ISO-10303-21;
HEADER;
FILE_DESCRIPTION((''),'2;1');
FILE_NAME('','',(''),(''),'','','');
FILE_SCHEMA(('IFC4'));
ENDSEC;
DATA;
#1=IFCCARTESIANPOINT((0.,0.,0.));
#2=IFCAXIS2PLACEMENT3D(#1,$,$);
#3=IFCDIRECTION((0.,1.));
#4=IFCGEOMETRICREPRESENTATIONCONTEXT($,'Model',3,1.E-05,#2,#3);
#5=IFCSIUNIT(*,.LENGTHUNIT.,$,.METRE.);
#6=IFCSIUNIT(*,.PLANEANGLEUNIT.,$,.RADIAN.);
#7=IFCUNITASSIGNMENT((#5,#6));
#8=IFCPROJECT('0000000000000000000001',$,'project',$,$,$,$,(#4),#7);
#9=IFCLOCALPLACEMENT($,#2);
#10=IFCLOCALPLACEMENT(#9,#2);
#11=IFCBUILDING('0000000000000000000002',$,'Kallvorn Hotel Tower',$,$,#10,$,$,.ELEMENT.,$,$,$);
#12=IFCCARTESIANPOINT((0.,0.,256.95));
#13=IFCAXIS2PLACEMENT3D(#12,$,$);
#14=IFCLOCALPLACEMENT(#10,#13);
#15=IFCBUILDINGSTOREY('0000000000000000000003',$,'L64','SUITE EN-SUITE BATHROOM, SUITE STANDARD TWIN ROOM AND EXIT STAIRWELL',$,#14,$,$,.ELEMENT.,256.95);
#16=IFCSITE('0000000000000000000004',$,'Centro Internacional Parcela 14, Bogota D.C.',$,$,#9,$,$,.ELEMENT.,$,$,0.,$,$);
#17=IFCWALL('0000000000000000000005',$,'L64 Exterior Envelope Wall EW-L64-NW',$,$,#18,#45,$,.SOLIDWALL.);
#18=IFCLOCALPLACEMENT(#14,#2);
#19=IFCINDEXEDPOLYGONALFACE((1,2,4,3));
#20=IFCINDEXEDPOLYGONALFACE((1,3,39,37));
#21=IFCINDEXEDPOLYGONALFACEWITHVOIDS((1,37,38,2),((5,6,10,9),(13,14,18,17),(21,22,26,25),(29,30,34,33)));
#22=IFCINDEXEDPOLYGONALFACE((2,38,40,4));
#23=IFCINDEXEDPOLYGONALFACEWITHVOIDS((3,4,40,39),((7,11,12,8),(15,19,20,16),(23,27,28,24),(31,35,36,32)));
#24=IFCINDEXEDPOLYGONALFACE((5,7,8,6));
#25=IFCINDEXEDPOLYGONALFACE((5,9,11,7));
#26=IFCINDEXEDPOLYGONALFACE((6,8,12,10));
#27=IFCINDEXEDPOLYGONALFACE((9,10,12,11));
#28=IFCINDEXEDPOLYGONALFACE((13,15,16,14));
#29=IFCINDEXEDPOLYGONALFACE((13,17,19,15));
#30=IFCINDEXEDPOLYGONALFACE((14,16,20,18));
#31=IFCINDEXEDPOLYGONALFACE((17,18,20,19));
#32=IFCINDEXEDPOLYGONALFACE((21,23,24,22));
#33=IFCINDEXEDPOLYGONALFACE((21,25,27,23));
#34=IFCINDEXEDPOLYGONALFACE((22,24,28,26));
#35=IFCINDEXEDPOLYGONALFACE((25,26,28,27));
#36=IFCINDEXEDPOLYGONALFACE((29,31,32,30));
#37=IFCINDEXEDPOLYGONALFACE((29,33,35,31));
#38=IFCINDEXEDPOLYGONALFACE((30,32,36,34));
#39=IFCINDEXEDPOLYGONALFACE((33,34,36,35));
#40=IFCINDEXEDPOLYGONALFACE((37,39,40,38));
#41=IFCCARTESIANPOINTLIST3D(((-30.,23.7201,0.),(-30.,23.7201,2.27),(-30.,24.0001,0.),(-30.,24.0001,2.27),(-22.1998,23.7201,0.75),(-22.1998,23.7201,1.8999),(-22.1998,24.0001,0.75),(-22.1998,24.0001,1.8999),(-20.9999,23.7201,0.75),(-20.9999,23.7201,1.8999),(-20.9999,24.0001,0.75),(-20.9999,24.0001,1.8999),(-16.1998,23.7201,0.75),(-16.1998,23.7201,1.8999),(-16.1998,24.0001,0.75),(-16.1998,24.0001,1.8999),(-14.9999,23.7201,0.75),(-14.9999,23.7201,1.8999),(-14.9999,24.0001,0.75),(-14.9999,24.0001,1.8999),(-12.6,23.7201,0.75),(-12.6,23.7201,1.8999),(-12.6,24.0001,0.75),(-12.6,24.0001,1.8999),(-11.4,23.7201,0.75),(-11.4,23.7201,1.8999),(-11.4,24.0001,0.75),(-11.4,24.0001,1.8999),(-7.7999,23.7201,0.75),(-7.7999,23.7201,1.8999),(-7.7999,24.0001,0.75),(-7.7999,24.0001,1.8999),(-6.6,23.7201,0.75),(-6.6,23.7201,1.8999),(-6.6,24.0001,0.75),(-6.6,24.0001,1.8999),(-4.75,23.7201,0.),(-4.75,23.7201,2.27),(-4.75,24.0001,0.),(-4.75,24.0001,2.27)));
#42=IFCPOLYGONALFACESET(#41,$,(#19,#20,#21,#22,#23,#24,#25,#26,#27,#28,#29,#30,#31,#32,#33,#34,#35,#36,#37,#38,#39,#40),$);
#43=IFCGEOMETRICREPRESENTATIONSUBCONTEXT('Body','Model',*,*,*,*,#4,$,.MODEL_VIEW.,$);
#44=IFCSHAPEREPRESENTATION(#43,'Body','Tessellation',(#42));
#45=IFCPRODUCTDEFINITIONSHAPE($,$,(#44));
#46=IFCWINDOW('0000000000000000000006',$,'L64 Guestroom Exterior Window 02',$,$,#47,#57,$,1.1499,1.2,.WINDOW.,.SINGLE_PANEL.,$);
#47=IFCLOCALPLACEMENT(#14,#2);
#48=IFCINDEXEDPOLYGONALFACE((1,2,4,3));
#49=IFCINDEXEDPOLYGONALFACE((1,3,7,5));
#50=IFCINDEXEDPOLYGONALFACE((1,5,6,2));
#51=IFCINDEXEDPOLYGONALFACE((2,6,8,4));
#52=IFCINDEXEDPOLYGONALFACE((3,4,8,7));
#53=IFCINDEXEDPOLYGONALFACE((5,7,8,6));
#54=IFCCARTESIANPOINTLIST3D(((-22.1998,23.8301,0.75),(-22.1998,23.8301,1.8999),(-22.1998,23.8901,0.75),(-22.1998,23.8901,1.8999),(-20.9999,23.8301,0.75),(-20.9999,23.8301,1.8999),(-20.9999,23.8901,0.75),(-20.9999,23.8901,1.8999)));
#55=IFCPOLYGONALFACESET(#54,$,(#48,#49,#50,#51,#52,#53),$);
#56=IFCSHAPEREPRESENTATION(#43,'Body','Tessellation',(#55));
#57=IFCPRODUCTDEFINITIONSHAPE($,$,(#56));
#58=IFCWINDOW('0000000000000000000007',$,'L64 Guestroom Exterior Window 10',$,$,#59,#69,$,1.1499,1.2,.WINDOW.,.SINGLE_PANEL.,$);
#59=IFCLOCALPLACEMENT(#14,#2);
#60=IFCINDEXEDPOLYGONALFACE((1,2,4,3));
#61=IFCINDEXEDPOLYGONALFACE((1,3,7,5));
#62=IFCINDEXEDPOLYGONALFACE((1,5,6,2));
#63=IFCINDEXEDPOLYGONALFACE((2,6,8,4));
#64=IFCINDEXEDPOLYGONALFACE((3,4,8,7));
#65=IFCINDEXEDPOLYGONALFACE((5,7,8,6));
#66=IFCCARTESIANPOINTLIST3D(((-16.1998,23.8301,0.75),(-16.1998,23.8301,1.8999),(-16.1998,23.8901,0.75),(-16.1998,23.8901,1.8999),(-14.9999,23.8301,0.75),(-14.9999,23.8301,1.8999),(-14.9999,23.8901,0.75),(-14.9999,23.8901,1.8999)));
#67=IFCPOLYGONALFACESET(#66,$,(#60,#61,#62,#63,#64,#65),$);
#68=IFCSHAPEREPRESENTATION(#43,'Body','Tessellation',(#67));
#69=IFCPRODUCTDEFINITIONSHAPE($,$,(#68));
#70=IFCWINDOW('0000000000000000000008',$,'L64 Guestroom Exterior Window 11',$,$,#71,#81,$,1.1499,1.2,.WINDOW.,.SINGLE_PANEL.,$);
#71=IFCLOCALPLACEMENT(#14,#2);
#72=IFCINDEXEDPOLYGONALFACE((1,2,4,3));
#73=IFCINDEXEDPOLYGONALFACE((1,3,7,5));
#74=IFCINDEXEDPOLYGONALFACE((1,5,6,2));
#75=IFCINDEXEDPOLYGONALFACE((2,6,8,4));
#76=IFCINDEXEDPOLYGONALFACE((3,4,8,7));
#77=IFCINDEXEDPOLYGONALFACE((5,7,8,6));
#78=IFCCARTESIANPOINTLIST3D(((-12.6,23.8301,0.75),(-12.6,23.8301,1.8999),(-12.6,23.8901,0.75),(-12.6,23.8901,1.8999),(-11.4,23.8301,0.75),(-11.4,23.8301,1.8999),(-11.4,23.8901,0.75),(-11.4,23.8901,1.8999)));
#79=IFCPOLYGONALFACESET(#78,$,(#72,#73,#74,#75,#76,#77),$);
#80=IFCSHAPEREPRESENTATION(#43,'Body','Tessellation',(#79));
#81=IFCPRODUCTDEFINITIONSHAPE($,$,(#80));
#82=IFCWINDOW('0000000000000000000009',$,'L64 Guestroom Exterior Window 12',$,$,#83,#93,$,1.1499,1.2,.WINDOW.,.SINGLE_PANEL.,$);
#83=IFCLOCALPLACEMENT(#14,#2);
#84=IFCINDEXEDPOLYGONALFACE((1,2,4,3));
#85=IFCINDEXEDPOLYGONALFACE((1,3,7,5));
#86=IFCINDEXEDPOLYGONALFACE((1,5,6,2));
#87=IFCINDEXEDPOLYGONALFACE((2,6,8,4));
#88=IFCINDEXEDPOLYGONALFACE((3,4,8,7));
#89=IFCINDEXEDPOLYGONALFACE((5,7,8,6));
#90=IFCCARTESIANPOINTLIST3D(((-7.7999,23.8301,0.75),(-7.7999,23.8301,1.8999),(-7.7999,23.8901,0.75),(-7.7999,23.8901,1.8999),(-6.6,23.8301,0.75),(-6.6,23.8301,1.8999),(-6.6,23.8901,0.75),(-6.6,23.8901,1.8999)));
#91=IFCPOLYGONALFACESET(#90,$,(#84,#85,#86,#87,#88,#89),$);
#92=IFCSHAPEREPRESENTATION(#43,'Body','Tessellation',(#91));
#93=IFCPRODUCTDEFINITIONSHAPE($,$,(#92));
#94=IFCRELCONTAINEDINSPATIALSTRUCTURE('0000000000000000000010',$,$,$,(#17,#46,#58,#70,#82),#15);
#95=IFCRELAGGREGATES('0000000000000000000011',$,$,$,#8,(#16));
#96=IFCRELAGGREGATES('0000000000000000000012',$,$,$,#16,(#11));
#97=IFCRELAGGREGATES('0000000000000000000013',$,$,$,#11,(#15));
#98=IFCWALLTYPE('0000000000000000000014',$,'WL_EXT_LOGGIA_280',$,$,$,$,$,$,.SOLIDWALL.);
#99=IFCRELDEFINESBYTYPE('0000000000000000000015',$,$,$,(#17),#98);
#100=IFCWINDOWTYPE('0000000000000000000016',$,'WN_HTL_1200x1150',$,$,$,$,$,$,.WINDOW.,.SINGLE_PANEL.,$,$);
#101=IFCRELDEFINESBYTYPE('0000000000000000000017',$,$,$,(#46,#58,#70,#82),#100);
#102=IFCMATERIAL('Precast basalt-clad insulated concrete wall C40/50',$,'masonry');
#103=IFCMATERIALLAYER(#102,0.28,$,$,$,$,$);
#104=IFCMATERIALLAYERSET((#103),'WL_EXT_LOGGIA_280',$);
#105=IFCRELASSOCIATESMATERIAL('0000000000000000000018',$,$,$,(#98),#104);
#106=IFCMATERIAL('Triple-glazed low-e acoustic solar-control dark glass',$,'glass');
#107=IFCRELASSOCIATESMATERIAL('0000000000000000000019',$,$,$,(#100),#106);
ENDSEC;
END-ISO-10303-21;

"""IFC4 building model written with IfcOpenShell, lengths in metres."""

from ifc_helpers import new_model, si_unit, direction, frame, frame_2d, origin, place, context, subcontext, project, spatial, rectangle, extrude, material, layer, layer_set, type_object, element, fill, save


model = new_model("IFC4")

# Units and contexts
model_context = context("Model", 3, precision=1e-05, world=origin(), true_north=direction((0.0, 1.0)))
body_context = subcontext(model_context, "Body", "Model", "MODEL_VIEW")
ifc_project = project(units=[si_unit("LENGTHUNIT", "METRE"), si_unit("PLANEANGLEUNIT", "RADIAN")], contexts=[model_context])

# Site, building, storey
site_placement = place(None, origin())
site = spatial("IfcSite", under=ifc_project, at=site_placement, Name="Centro Internacional Parcela 14, Bogota D.C.", CompositionType="ELEMENT", RefElevation=0.0)
building_placement = place(site_placement, origin())
building = spatial("IfcBuilding", under=site, at=building_placement, Name="Kallvorn Hotel Tower", CompositionType="ELEMENT")
storey_placement = place(building_placement, frame((0.0, 0.0, 256.95)))
storey = spatial("IfcBuildingStorey", under=building, at=storey_placement, Name="L64", Description="SUITE EN-SUITE BATHROOM, SUITE STANDARD TWIN ROOM AND EXIT STAIRWELL", CompositionType="ELEMENT", Elevation=256.95)

# Shared definitions
ifc_material_1 = material(Name="Precast basalt-clad insulated concrete wall C40/50", Category="masonry")
ifc_layer_1 = layer(ifc_material_1, 0.28)
ifc_layer_set_1 = layer_set([ifc_layer_1], Name="WL_EXT_LOGGIA_280")
wall_type = type_object("IfcWallType", Name="WL_EXT_LOGGIA_280", PredefinedType="SOLIDWALL", material=ifc_layer_set_1)

# Wall, openings, windows
wall_1_placement = place(storey_placement, frame((-30.0, 23.8601, 0.0), z_axis=(0.0, 0.0, 1.0), x_axis=(1.0, 0.0, 0.0)))
wall_1 = element("IfcWall", 1, at=wall_1_placement, inside=storey, type_object=wall_type, Name="L64 Exterior Envelope Wall EW-L64-NW", PredefinedType="SOLIDWALL", context=body_context, shape_type="SweptSolid", body=[
    extrude(rectangle(XDim=25.25, YDim=0.28, at=frame_2d((12.625, 0.0))), origin(), (0.0, 0.0, 1.0), 2.27),
])
opening_1_placement = place(wall_1_placement, frame((7.8, 0.0, 0.75)))
opening_1 = element("IfcOpeningElement", 2, at=opening_1_placement, cuts=wall_1, PredefinedType="OPENING", context=body_context, shape_type="SweptSolid", body=[
    extrude(rectangle(XDim=1.2, YDim=1.1499, at=frame_2d((0.6001, 0.575))), frame((0.0, 0.155, 0.0), z_axis=(0.0, -1.0, 0.0), x_axis=(1.0, 0.0, 0.0)), (0.0, 0.0, 1.0), 0.3101),
])
opening_2_placement = place(wall_1_placement, frame((13.8, 0.0, 0.75)))
opening_2 = element("IfcOpeningElement", 3, at=opening_2_placement, cuts=wall_1, PredefinedType="OPENING", context=body_context, shape_type="SweptSolid", body=[
    extrude(rectangle(XDim=1.2, YDim=1.1499, at=frame_2d((0.6001, 0.575))), frame((0.0, 0.155, 0.0), z_axis=(0.0, -1.0, 0.0), x_axis=(1.0, 0.0, 0.0)), (0.0, 0.0, 1.0), 0.3101),
])
opening_3_placement = place(wall_1_placement, frame((17.3999, 0.0, 0.75)))
opening_3 = element("IfcOpeningElement", 4, at=opening_3_placement, cuts=wall_1, PredefinedType="OPENING", context=body_context, shape_type="SweptSolid", body=[
    extrude(rectangle(XDim=1.2, YDim=1.1499, at=frame_2d((0.6001, 0.575))), frame((0.0, 0.155, 0.0), z_axis=(0.0, -1.0, 0.0), x_axis=(1.0, 0.0, 0.0)), (0.0, 0.0, 1.0), 0.3101),
])
opening_4_placement = place(wall_1_placement, frame((22.2, 0.0, 0.75)))
opening_4 = element("IfcOpeningElement", 5, at=opening_4_placement, cuts=wall_1, PredefinedType="OPENING", context=body_context, shape_type="SweptSolid", body=[
    extrude(rectangle(XDim=1.2, YDim=1.1499, at=frame_2d((0.6001, 0.575))), frame((0.0, 0.155, 0.0), z_axis=(0.0, -1.0, 0.0), x_axis=(1.0, 0.0, 0.0)), (0.0, 0.0, 1.0), 0.3101),
])
ifc_material_2 = material(Name="Triple-glazed low-e acoustic solar-control dark glass", Category="glass")
window_type = type_object("IfcWindowType", Name="WN_HTL_1200x1150", PartitioningType="SINGLE_PANEL", PredefinedType="WINDOW", material=ifc_material_2)
window_1_placement = place(opening_1_placement, origin())
window_1 = element("IfcWindow", 6, at=window_1_placement, inside=storey, type_object=window_type, Name="L64 Guestroom Exterior Window 02", OverallHeight=1.1499, OverallWidth=1.2, PartitioningType="SINGLE_PANEL", PredefinedType="WINDOW", context=body_context, shape_type="SweptSolid", body=[
    extrude(rectangle(XDim=1.2, YDim=1.1499, at=frame_2d((0.6001, 0.575))), frame((0.0, 0.03, 0.0), z_axis=(0.0, -1.0, 0.0), x_axis=(1.0, 0.0, 0.0)), (0.0, 0.0, 1.0), 0.0601),
])
fill(opening_1, window_1)
window_2_placement = place(opening_2_placement, origin())
window_2 = element("IfcWindow", 7, at=window_2_placement, inside=storey, type_object=window_type, Name="L64 Guestroom Exterior Window 10", OverallHeight=1.1499, OverallWidth=1.2, PartitioningType="SINGLE_PANEL", PredefinedType="WINDOW", context=body_context, shape_type="SweptSolid", body=[
    extrude(rectangle(XDim=1.2, YDim=1.1499, at=frame_2d((0.6001, 0.575))), frame((0.0, 0.03, 0.0), z_axis=(0.0, -1.0, 0.0), x_axis=(1.0, 0.0, 0.0)), (0.0, 0.0, 1.0), 0.0601),
])
fill(opening_2, window_2)
window_3_placement = place(opening_3_placement, origin())
window_3 = element("IfcWindow", 8, at=window_3_placement, inside=storey, type_object=window_type, Name="L64 Guestroom Exterior Window 11", OverallHeight=1.1499, OverallWidth=1.2, PartitioningType="SINGLE_PANEL", PredefinedType="WINDOW", context=body_context, shape_type="SweptSolid", body=[
    extrude(rectangle(XDim=1.2, YDim=1.1499, at=frame_2d((0.6001, 0.575))), frame((0.0, 0.03, 0.0), z_axis=(0.0, -1.0, 0.0), x_axis=(1.0, 0.0, 0.0)), (0.0, 0.0, 1.0), 0.0601),
])
fill(opening_3, window_3)
window_4_placement = place(opening_4_placement, origin())
window_4 = element("IfcWindow", 9, at=window_4_placement, inside=storey, type_object=window_type, Name="L64 Guestroom Exterior Window 12", OverallHeight=1.1499, OverallWidth=1.2, PartitioningType="SINGLE_PANEL", PredefinedType="WINDOW", context=body_context, shape_type="SweptSolid", body=[
    extrude(rectangle(XDim=1.2, YDim=1.1499, at=frame_2d((0.6001, 0.575))), frame((0.0, 0.03, 0.0), z_axis=(0.0, -1.0, 0.0), x_axis=(1.0, 0.0, 0.0)), (0.0, 0.0, 1.0), 0.0601),
])
fill(opening_4, window_4)

save(model, "model.ifc")
